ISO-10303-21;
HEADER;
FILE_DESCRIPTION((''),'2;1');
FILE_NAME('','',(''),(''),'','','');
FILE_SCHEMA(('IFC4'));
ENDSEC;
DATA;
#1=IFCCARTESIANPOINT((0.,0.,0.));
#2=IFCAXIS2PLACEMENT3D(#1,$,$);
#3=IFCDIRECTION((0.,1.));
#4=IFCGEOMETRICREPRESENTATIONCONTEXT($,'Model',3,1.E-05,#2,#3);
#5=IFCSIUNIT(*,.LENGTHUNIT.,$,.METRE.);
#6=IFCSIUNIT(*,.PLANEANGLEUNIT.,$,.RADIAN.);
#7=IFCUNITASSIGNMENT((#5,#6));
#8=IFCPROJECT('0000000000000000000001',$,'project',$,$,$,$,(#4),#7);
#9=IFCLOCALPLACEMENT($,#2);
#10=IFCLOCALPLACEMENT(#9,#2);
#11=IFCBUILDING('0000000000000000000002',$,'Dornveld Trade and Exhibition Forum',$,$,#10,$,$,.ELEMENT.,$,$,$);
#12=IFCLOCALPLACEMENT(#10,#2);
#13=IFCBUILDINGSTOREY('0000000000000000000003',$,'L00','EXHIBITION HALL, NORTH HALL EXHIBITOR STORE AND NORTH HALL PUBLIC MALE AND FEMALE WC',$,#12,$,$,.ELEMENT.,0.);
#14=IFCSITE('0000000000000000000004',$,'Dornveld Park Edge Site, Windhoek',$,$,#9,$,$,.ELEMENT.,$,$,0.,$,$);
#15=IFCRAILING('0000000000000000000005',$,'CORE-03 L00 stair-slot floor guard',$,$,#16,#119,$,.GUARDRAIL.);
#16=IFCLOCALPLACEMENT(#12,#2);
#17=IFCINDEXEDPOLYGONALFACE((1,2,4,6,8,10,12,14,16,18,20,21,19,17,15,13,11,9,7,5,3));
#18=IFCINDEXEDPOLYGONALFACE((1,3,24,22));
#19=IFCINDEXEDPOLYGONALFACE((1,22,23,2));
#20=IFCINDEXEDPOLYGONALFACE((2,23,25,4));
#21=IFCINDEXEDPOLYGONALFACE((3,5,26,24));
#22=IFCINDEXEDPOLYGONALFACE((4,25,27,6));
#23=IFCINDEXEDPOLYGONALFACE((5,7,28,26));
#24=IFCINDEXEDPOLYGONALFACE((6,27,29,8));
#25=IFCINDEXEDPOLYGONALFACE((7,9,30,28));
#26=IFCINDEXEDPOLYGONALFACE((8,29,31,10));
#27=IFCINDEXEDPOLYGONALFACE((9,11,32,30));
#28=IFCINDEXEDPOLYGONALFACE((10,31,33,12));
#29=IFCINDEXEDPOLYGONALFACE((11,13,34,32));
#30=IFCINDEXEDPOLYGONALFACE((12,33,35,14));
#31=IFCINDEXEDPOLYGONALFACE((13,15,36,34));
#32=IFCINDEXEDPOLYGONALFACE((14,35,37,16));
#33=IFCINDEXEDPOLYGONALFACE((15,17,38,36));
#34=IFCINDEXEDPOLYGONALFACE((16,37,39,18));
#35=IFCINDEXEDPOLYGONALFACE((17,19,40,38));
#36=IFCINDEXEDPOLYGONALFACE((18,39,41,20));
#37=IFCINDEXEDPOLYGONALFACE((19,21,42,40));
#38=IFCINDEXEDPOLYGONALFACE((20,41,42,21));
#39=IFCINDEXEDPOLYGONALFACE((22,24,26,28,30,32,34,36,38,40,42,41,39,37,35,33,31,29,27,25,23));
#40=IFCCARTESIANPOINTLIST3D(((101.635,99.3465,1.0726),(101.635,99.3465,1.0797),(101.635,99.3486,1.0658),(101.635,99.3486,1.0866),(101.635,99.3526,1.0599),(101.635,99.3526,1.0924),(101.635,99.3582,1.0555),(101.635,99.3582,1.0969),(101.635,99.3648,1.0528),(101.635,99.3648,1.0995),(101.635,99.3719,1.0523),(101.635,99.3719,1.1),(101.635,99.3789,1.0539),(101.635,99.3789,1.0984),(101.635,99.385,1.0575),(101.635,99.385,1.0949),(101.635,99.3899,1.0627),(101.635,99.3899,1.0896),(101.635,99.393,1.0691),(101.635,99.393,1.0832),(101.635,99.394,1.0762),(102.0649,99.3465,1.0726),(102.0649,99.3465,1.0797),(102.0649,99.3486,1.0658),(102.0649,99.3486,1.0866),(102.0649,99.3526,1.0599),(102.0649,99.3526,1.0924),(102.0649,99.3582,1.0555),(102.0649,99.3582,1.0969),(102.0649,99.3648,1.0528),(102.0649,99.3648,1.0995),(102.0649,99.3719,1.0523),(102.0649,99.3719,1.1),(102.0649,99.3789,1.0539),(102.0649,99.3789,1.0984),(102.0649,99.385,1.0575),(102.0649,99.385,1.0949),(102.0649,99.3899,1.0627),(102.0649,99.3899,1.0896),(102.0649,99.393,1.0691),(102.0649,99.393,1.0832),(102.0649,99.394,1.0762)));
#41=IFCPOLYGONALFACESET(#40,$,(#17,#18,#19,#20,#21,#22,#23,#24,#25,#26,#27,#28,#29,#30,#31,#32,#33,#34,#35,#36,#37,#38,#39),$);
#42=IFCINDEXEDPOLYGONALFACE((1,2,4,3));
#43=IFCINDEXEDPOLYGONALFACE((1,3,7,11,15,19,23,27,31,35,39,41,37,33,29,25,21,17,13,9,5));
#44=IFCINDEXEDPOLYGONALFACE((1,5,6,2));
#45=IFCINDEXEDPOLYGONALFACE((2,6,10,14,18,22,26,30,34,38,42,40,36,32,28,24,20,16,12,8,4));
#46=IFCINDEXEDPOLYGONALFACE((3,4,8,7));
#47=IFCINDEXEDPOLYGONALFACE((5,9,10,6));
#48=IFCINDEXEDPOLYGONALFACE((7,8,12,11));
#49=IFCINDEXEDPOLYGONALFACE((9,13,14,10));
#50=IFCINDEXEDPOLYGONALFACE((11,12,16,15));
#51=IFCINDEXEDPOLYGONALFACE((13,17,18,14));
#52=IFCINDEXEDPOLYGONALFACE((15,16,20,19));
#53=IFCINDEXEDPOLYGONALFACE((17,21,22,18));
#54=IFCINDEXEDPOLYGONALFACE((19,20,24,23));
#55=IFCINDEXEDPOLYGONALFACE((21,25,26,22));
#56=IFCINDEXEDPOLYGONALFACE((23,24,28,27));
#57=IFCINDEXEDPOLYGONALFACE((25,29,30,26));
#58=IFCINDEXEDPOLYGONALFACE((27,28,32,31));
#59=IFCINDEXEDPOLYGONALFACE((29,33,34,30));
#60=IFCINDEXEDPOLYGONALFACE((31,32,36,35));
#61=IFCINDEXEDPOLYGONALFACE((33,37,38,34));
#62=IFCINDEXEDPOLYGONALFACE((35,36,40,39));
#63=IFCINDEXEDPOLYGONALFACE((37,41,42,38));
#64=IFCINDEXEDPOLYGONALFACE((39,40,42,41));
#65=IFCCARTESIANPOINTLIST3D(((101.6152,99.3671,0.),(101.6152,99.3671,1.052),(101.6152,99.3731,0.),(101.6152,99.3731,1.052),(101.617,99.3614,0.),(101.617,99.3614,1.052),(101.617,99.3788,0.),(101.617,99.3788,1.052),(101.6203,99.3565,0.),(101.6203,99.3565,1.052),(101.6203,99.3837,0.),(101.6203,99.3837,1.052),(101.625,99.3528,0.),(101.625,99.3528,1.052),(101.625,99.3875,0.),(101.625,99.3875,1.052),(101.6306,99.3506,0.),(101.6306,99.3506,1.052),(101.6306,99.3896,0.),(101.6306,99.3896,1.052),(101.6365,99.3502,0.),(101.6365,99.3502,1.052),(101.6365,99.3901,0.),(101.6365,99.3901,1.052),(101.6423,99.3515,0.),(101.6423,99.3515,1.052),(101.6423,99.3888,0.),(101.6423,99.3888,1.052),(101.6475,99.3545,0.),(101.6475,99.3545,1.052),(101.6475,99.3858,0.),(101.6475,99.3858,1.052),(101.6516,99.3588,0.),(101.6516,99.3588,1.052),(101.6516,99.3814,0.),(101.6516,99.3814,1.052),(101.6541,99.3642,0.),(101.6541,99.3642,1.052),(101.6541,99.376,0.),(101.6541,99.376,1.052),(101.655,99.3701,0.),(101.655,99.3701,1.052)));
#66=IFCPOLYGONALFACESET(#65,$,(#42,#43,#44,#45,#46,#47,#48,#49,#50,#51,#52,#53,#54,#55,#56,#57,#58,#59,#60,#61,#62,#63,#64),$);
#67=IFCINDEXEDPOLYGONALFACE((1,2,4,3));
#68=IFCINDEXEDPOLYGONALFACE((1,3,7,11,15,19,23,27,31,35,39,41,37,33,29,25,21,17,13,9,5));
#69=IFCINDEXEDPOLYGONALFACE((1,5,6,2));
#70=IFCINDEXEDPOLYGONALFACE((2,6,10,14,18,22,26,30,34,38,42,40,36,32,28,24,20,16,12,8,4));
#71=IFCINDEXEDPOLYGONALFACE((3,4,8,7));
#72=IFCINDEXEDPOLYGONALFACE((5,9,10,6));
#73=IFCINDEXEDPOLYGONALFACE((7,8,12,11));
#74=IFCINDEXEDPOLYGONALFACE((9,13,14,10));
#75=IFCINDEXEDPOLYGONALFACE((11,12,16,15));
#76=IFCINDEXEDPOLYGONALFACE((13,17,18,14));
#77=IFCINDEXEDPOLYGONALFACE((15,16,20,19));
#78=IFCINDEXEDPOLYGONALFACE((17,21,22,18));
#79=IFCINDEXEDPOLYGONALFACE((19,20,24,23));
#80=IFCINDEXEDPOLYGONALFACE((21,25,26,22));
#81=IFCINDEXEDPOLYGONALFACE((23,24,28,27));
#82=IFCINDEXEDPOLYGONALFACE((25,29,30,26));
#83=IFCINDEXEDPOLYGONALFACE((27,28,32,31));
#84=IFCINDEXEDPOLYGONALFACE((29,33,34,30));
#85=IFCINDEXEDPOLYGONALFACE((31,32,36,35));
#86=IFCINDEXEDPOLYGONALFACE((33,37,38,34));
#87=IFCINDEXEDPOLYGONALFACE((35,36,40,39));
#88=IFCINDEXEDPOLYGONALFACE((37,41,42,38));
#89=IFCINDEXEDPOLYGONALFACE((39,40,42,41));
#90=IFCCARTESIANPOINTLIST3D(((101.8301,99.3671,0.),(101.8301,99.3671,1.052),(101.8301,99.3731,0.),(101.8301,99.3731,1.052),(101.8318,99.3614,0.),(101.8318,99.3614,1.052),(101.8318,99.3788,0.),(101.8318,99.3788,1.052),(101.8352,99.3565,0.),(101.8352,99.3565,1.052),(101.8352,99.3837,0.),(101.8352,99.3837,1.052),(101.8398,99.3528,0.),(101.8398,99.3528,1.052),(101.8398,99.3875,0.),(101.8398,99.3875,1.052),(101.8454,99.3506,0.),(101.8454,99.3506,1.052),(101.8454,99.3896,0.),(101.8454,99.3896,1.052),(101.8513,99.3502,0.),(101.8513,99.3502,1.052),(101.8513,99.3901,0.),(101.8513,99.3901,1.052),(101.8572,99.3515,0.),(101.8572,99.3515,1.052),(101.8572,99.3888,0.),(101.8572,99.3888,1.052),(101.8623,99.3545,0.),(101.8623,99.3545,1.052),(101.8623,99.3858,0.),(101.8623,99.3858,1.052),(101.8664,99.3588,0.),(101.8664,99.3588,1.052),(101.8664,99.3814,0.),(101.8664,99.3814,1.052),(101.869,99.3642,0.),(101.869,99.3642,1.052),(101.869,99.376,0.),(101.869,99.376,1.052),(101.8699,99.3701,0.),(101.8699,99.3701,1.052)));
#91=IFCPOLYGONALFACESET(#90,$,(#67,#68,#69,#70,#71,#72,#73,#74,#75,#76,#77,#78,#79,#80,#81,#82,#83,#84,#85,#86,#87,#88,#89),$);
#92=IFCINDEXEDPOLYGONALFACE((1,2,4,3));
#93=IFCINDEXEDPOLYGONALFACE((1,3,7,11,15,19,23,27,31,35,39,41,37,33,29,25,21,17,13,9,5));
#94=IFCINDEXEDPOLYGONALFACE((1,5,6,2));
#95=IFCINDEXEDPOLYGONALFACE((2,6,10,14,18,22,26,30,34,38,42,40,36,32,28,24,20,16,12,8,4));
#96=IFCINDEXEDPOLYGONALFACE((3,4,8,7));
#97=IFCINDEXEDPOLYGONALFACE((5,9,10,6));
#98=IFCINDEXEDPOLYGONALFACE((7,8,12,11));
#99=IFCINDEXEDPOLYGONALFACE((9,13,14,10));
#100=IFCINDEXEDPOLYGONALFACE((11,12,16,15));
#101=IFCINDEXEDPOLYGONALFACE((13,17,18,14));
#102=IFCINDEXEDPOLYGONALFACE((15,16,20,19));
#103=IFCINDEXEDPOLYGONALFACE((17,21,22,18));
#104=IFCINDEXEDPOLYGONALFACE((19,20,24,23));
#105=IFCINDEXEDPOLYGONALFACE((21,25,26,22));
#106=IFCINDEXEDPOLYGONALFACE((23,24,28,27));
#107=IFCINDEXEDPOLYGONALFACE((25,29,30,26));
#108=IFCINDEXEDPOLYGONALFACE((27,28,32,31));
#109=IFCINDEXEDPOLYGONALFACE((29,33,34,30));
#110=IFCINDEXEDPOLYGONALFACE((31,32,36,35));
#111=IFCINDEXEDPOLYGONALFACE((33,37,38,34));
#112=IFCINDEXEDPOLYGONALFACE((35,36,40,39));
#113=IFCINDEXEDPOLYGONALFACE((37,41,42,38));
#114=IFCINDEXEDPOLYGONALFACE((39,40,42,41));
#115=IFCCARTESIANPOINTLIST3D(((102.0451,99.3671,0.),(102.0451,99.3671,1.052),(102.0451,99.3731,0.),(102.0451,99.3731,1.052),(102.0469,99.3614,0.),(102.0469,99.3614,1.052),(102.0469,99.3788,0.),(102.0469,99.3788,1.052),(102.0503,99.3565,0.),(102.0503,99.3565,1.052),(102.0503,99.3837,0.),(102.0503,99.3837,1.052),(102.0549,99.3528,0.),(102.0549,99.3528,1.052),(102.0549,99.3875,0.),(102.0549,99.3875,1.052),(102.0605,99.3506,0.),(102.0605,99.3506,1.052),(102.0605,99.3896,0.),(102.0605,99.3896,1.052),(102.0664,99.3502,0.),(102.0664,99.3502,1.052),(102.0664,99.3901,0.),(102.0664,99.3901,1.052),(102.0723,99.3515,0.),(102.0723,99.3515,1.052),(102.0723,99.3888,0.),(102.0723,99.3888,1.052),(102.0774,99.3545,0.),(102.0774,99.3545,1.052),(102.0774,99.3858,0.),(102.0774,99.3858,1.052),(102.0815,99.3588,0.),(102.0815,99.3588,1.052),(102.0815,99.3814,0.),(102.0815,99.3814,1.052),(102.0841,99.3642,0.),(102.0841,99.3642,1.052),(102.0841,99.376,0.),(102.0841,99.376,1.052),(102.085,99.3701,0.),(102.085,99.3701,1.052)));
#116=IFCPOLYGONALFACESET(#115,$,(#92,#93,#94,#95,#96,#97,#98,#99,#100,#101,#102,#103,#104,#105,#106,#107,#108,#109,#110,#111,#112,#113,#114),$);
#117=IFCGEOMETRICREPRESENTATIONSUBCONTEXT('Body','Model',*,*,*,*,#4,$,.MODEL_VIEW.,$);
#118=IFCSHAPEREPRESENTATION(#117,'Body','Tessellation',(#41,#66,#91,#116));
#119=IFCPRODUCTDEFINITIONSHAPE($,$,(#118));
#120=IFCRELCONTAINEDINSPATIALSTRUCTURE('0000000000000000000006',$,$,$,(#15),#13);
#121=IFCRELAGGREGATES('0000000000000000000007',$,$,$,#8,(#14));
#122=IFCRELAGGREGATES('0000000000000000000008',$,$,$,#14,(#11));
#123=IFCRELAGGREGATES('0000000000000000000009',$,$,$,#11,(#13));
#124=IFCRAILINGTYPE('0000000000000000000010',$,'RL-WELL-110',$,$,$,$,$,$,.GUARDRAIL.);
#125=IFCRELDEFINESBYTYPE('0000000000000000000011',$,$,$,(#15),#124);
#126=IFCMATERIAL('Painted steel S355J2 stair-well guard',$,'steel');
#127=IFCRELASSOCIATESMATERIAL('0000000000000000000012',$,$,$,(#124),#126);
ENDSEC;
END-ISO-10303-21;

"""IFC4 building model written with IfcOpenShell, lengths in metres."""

from ifc_helpers import new_model, si_unit, direction, frame, origin, origin_2d, place, context, subcontext, project, spatial, circle, extrude, material, type_object, element, save


model = new_model("IFC4")

# Units and contexts
model_context = context("Model", 3, precision=1e-05, world=origin(), true_north=direction((0.0, 1.0)))
body_context = subcontext(model_context, "Body", "Model", "MODEL_VIEW")
ifc_project = project(units=[si_unit("LENGTHUNIT", "METRE"), si_unit("PLANEANGLEUNIT", "RADIAN")], contexts=[model_context])

# Site, building, storey
site_placement = place(None, origin())
site = spatial("IfcSite", under=ifc_project, at=site_placement, Name="Dornveld Park Edge Site, Windhoek", CompositionType="ELEMENT", RefElevation=0.0)
building_placement = place(site_placement, origin())
building = spatial("IfcBuilding", under=site, at=building_placement, Name="Dornveld Trade and Exhibition Forum", CompositionType="ELEMENT")
storey_placement = place(building_placement, origin())
storey = spatial("IfcBuildingStorey", under=building, at=storey_placement, Name="L00", Description="EXHIBITION HALL, NORTH HALL EXHIBITOR STORE AND NORTH HALL PUBLIC MALE AND FEMALE WC", CompositionType="ELEMENT", Elevation=0.0)

# Railing
ifc_material_1 = material(Name="Painted steel S355J2 stair-well guard", Category="steel")
railing_type_1 = type_object("IfcRailingType", Name="RL-WELL-110", PredefinedType="GUARDRAIL", material=ifc_material_1)
railing_1_placement = place(storey_placement, frame((101.635, 99.3701, 0.0)))
element("IfcRailing", 1, at=railing_1_placement, inside=storey, type_object=railing_type_1, Name="CORE-03 L00 stair-slot floor guard", PredefinedType="GUARDRAIL", context=body_context, shape_type="SweptSolid", body=[
    extrude(circle(Radius=0.0239, at=origin_2d()), frame((0.0, 0.0, 1.0762), z_axis=(1.0, 0.0, 0.0), x_axis=(0.0, 1.0, 0.0)), (0.0, 0.0, 1.0), 0.4299),
    extrude(circle(Radius=0.02, at=origin_2d()), origin(), (0.0, 0.0, 1.0), 1.052),
    extrude(circle(Radius=0.02, at=origin_2d()), frame((0.2148, 0.0, 0.0)), (0.0, 0.0, 1.0), 1.052),
    extrude(circle(Radius=0.02, at=origin_2d()), frame((0.4299, 0.0, 0.0)), (0.0, 0.0, 1.0), 1.052),
])

save(model, "model.ifc")
